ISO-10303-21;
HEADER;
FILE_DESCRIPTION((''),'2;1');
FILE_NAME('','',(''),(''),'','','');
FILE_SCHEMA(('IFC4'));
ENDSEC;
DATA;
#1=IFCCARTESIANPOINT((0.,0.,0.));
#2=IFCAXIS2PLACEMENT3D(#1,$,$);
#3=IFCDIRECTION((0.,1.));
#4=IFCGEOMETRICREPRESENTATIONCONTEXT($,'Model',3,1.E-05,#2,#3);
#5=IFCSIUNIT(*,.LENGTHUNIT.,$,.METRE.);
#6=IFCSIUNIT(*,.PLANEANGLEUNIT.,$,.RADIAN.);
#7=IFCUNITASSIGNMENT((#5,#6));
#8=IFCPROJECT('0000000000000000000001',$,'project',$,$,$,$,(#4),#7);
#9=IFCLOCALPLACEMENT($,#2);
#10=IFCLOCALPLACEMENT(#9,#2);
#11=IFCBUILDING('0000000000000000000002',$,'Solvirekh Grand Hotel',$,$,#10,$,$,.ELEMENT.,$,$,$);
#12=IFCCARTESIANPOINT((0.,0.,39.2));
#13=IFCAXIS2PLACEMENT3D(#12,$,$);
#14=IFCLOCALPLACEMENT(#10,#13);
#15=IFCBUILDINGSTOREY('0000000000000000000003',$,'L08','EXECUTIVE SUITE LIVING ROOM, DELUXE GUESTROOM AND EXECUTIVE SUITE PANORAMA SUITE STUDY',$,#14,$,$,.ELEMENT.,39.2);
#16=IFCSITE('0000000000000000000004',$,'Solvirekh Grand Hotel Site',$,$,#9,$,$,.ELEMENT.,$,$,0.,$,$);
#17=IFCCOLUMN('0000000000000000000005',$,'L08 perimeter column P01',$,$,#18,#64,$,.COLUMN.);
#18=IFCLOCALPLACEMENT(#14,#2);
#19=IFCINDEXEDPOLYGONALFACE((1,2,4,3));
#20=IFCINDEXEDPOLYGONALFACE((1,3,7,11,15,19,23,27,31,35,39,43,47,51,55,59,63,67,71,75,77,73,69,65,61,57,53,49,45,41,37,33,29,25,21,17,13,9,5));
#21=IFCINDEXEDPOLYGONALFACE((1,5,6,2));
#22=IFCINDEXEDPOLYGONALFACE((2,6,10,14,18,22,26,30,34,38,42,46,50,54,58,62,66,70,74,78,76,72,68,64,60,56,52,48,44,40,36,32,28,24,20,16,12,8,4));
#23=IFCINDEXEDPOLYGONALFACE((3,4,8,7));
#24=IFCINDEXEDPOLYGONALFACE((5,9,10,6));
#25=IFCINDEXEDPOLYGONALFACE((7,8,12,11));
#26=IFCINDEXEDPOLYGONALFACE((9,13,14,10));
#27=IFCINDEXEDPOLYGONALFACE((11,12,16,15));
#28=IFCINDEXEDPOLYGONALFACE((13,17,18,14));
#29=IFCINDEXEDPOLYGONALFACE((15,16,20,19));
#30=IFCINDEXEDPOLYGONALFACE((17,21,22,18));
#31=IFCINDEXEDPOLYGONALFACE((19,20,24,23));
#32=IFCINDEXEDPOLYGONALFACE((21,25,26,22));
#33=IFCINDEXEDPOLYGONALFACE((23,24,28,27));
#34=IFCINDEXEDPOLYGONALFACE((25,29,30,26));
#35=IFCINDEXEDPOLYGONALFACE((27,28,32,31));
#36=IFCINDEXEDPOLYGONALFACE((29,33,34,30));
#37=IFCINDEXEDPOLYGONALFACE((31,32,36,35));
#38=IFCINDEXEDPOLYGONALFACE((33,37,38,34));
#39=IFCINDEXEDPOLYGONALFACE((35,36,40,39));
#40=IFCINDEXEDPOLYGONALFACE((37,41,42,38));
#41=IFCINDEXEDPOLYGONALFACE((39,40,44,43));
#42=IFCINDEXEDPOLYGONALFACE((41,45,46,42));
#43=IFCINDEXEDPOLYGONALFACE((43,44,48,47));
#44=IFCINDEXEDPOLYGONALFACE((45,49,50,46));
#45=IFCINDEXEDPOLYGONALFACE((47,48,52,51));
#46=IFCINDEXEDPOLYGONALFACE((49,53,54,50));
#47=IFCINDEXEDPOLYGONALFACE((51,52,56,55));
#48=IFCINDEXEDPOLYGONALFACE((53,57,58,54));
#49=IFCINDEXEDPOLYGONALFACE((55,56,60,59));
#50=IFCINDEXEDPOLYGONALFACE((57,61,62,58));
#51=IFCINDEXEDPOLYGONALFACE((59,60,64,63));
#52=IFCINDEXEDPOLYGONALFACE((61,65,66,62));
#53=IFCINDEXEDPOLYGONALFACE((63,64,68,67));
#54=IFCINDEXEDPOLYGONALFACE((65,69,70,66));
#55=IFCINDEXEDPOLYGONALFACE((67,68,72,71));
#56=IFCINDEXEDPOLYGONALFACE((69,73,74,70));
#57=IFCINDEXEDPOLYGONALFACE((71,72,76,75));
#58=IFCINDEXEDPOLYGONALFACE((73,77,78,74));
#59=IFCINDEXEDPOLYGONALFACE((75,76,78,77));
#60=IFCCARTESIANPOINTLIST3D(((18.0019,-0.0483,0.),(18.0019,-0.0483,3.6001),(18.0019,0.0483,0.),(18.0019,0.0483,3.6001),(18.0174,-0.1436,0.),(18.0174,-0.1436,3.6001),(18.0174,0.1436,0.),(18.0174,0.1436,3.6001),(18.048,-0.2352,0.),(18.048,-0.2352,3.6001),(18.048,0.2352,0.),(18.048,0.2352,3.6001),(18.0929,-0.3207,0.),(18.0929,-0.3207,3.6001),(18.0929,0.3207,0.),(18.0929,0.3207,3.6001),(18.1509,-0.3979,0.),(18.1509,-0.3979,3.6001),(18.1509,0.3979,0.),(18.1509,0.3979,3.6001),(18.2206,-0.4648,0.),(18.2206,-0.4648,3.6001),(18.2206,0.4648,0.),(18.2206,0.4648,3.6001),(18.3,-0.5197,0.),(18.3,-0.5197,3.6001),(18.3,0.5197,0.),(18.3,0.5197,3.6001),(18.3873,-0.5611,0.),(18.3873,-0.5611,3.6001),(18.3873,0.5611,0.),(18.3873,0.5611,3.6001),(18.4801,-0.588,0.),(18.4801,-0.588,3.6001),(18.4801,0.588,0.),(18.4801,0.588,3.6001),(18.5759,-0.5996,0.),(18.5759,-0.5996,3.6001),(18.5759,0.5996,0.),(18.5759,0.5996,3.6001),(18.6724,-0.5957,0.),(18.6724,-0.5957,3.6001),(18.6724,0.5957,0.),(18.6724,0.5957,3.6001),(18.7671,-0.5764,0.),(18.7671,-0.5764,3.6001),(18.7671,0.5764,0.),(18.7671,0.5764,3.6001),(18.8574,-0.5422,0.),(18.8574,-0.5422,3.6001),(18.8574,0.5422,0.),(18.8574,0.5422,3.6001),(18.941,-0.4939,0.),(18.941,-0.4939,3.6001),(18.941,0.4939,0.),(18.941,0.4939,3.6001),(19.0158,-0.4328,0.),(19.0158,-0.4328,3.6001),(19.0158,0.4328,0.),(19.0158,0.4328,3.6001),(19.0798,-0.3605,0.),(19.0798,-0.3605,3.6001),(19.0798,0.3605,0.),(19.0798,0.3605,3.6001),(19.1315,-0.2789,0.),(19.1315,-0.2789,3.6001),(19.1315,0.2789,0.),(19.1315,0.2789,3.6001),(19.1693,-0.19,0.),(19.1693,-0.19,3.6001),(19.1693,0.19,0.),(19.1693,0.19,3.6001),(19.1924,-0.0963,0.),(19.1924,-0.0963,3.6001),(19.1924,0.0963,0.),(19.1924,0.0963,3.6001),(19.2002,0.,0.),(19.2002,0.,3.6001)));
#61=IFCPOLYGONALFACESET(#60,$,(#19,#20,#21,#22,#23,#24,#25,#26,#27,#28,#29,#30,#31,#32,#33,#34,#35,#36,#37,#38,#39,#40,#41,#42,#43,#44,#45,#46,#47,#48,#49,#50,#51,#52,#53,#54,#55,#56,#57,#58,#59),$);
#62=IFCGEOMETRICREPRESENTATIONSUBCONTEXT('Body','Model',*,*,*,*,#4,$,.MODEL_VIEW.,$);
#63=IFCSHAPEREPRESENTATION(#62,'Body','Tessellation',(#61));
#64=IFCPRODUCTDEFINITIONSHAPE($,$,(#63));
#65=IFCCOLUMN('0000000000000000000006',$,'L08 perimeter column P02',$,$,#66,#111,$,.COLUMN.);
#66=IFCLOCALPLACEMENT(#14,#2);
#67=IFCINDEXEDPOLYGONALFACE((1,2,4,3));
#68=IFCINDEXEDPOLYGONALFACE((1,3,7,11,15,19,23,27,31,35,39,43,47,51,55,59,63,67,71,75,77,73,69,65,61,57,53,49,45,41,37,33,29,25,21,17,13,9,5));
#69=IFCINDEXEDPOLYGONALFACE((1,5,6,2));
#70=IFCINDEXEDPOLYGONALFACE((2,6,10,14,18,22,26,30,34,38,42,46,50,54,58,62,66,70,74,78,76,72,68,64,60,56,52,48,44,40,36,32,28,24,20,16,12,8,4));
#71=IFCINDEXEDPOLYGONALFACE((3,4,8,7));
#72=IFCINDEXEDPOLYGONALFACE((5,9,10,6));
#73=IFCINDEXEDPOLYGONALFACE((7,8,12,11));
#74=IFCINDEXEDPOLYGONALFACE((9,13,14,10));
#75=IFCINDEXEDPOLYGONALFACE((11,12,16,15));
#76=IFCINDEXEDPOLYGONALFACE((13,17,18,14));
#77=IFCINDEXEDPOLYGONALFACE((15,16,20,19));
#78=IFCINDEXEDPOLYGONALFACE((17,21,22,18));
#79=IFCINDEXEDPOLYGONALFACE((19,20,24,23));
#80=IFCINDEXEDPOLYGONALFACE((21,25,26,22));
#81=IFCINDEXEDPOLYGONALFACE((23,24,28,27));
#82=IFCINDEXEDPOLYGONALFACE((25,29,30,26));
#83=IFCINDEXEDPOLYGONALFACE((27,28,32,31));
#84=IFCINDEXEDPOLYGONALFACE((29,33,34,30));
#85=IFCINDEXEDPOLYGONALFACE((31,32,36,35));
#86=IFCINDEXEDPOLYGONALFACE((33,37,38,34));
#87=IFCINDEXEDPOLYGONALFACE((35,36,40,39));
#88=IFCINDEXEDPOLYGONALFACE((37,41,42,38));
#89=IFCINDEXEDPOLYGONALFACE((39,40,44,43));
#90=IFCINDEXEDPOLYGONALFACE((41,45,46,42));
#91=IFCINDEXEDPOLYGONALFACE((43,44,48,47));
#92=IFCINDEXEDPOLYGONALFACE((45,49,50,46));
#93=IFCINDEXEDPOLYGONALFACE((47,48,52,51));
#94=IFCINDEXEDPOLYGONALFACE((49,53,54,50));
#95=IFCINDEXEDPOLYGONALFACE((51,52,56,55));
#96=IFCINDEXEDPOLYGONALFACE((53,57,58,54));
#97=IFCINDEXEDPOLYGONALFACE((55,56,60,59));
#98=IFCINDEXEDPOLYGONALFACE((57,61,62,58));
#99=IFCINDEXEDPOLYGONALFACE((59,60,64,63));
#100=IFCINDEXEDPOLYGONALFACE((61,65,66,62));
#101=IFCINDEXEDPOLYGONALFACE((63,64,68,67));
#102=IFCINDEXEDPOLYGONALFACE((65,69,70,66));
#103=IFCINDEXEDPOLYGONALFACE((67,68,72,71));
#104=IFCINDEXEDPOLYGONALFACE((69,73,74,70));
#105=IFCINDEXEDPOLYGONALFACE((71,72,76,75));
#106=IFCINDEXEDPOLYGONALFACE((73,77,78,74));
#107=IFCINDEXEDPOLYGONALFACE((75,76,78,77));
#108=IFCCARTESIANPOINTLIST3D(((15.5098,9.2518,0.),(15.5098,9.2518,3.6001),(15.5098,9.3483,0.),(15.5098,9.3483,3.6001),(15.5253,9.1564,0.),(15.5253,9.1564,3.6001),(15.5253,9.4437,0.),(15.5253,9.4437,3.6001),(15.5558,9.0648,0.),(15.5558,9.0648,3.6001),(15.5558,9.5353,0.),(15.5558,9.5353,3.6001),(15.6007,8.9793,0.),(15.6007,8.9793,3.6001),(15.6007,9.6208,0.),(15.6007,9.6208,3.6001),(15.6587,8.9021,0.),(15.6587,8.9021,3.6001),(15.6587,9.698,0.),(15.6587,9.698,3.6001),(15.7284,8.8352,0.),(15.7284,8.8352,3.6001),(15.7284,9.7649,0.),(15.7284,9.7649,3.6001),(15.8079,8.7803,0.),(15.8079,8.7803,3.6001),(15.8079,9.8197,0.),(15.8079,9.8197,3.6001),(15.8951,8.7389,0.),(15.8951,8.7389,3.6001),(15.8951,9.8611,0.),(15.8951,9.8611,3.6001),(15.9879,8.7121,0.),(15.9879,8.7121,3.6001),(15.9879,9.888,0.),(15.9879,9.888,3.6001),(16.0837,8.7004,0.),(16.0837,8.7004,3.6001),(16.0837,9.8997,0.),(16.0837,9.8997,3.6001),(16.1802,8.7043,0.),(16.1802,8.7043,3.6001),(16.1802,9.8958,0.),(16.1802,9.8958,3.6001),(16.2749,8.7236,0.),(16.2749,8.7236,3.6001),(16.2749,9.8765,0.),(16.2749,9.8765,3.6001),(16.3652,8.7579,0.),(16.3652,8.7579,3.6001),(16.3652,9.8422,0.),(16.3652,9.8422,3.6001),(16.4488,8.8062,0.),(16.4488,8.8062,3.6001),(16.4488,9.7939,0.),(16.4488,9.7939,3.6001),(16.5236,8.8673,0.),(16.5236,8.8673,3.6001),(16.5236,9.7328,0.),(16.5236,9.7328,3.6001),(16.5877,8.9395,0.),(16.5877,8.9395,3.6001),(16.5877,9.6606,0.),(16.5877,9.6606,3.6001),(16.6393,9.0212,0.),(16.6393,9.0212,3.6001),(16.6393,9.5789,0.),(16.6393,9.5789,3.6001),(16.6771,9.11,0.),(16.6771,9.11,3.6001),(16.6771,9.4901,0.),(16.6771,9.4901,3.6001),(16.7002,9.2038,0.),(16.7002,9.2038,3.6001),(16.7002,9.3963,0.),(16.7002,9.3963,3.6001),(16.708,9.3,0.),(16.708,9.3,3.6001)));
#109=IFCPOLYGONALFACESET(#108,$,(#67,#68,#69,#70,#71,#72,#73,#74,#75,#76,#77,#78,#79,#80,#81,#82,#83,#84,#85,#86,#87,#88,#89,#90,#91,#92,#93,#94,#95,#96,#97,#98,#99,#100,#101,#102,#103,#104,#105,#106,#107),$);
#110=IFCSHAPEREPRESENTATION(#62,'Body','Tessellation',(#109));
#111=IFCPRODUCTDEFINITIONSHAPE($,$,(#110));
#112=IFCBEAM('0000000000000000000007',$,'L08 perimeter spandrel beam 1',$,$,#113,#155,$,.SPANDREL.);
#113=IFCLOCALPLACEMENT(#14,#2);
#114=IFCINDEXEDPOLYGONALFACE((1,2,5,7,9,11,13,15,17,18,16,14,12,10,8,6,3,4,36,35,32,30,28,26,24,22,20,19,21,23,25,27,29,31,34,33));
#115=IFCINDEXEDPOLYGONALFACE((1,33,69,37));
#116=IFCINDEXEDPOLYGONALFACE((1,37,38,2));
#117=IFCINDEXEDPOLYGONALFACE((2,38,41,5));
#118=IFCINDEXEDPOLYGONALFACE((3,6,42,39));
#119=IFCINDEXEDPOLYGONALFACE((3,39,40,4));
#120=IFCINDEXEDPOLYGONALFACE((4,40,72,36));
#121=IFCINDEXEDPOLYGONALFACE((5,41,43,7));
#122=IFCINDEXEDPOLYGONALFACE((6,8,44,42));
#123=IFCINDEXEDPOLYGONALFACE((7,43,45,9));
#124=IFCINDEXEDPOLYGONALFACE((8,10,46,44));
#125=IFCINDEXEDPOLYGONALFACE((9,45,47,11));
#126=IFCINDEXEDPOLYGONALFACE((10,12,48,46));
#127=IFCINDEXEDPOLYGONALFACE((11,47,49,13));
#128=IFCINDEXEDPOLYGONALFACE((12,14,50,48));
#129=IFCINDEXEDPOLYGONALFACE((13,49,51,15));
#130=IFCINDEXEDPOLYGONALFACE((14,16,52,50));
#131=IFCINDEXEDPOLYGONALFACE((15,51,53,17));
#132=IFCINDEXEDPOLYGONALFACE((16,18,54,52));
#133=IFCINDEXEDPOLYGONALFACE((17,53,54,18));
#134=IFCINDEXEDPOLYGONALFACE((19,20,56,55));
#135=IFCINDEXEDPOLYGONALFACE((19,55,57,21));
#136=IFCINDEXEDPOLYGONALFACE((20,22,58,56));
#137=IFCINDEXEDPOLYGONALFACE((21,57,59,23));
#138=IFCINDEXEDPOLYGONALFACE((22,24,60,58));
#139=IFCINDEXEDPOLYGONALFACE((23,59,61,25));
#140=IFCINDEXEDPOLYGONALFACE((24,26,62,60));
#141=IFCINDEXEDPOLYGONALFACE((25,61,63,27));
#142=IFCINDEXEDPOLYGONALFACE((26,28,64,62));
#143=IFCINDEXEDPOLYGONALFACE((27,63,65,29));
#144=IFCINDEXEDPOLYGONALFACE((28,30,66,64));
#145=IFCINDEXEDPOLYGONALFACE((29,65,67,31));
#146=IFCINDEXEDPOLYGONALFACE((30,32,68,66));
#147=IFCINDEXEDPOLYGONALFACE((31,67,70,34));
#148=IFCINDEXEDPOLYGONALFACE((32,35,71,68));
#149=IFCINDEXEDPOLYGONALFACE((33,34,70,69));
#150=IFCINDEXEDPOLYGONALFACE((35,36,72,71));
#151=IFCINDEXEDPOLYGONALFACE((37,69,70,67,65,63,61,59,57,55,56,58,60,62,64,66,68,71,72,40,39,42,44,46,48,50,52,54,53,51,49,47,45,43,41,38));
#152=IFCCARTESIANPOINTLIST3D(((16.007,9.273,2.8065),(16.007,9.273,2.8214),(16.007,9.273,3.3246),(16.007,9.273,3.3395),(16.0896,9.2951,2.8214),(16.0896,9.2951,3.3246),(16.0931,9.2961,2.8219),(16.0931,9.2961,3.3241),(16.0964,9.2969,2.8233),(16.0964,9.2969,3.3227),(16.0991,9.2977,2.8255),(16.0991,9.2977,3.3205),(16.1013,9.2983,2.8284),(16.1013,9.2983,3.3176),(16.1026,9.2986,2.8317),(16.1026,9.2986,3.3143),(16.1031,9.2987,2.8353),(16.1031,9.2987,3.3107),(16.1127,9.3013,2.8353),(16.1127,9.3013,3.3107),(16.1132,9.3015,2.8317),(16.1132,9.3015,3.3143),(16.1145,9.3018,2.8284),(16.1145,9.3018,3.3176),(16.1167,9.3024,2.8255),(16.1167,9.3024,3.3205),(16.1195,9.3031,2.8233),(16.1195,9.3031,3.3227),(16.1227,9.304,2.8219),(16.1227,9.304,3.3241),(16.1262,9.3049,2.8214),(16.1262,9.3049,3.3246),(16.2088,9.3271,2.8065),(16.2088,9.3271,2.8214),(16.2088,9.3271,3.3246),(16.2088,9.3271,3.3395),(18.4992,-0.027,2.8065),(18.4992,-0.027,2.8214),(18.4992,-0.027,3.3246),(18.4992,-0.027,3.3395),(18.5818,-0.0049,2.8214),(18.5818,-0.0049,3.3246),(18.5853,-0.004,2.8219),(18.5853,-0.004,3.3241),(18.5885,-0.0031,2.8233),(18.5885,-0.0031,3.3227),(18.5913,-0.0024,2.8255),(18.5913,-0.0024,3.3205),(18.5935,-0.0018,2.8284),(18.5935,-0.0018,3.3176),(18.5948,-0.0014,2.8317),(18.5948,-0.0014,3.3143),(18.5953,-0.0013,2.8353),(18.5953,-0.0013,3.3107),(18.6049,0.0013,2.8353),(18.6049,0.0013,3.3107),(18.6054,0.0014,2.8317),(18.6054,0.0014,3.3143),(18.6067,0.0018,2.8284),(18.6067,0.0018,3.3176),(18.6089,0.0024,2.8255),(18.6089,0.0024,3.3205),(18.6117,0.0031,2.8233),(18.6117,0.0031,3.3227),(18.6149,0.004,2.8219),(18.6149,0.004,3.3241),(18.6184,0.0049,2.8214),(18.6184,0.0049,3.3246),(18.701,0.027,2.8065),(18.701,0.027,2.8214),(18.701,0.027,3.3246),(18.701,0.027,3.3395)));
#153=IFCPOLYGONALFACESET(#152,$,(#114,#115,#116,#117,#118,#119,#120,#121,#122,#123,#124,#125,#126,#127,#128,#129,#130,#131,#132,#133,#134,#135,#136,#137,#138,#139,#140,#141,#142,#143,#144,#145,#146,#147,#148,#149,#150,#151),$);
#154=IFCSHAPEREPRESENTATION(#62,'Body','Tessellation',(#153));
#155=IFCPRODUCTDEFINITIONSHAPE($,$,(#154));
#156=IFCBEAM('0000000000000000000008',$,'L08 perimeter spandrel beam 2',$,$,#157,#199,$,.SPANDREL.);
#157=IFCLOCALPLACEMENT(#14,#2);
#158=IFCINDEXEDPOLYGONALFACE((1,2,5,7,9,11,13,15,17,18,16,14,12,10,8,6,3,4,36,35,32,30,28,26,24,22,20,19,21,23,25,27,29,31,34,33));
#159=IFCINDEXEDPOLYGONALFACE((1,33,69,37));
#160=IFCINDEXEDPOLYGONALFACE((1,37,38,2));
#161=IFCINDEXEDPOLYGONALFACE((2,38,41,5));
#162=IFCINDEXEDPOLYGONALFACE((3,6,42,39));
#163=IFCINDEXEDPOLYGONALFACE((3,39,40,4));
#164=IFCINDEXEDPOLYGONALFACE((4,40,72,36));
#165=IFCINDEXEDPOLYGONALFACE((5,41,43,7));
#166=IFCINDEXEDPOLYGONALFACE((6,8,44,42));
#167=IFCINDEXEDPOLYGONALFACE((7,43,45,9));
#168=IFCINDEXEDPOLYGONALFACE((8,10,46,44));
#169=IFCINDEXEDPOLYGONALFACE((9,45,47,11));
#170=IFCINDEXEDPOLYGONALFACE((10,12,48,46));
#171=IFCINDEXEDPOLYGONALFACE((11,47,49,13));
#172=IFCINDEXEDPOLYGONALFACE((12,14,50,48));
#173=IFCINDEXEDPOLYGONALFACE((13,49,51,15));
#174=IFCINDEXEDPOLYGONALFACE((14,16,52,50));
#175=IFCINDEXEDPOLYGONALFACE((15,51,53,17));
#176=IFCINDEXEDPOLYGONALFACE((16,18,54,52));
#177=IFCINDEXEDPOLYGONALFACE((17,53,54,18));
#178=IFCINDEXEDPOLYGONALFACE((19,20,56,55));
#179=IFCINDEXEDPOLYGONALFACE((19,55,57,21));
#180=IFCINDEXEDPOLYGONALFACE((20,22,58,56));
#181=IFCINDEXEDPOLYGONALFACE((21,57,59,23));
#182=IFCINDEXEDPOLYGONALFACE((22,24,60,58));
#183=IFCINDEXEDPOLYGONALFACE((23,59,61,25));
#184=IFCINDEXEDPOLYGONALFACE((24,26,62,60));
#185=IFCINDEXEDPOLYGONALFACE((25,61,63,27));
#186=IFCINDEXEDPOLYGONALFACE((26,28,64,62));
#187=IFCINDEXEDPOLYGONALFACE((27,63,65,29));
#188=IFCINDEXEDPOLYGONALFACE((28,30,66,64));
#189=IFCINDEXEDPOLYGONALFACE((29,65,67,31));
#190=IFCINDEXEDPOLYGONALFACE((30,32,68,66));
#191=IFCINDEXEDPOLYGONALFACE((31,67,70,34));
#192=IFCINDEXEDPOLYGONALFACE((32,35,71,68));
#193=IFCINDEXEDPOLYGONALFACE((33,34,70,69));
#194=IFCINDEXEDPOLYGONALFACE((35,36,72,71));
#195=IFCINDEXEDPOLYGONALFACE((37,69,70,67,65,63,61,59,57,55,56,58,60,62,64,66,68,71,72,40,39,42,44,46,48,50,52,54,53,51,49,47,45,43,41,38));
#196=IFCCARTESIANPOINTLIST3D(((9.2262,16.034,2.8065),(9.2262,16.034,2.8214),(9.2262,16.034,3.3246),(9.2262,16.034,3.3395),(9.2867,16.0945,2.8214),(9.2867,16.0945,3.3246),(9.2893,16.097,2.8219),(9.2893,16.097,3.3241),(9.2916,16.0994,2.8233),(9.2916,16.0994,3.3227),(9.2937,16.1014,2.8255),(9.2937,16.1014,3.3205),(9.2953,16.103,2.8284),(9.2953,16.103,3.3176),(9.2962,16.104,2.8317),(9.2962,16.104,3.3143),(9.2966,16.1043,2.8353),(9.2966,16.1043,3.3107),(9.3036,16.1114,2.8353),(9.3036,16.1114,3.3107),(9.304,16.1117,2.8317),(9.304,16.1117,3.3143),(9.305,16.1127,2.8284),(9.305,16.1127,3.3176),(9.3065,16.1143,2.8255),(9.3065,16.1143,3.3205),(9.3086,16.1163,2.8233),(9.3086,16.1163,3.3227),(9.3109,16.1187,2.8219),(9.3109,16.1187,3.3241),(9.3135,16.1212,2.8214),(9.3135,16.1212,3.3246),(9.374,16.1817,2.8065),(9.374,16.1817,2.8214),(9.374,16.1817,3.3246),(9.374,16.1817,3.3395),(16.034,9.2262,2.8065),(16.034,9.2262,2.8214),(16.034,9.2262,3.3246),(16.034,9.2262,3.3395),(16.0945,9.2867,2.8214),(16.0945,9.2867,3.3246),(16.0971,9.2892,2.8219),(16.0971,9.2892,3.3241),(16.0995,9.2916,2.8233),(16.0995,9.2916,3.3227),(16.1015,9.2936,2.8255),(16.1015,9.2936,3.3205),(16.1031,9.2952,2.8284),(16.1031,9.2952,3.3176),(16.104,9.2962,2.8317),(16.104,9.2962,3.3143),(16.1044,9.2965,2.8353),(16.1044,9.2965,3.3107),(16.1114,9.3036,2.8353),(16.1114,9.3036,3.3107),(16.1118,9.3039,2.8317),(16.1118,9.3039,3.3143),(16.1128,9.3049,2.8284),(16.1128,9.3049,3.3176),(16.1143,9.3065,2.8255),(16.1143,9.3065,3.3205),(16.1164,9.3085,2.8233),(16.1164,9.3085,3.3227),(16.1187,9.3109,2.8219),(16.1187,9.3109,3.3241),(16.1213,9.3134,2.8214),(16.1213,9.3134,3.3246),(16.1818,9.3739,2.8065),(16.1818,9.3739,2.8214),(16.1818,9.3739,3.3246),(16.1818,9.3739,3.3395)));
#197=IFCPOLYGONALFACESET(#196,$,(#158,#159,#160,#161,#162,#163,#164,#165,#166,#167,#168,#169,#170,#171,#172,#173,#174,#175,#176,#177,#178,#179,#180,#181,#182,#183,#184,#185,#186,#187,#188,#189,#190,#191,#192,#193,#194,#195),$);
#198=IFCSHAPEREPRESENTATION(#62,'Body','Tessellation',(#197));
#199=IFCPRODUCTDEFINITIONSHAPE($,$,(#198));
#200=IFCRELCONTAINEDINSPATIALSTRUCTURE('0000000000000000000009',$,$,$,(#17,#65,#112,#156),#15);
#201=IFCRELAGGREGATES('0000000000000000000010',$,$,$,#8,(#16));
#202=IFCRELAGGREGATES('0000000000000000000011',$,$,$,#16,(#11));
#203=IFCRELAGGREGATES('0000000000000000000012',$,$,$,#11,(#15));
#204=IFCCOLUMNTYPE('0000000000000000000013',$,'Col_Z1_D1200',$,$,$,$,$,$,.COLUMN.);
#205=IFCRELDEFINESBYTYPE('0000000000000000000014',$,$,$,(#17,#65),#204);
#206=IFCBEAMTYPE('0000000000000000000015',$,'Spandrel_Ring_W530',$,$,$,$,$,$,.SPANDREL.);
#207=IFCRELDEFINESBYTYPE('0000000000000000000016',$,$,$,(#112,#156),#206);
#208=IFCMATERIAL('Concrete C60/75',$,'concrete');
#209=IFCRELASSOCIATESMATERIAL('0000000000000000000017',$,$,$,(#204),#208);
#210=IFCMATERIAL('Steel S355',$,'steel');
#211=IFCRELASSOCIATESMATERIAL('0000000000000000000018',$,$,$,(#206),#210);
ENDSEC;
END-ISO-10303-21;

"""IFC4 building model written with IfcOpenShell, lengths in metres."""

from ifc_helpers import new_model, si_unit, direction, frame, origin, origin_2d, place, context, subcontext, project, spatial, circle, i_section, extrude, material, material_profile, profile_set, type_object, element, save


model = new_model("IFC4")

# Units and contexts
model_context = context("Model", 3, precision=1e-05, world=origin(), true_north=direction((0.0, 1.0)))
body_context = subcontext(model_context, "Body", "Model", "MODEL_VIEW")
ifc_project = project(units=[si_unit("LENGTHUNIT", "METRE"), si_unit("PLANEANGLEUNIT", "RADIAN")], contexts=[model_context])

# Site, building, storey
site_placement = place(None, origin())
site = spatial("IfcSite", under=ifc_project, at=site_placement, Name="Solvirekh Grand Hotel Site", CompositionType="ELEMENT", RefElevation=0.0)
building_placement = place(site_placement, origin())
building = spatial("IfcBuilding", under=site, at=building_placement, Name="Solvirekh Grand Hotel", CompositionType="ELEMENT")
storey_placement = place(building_placement, frame((0.0, 0.0, 39.2)))
storey = spatial("IfcBuildingStorey", under=building, at=storey_placement, Name="L08", Description="EXECUTIVE SUITE LIVING ROOM, DELUXE GUESTROOM AND EXECUTIVE SUITE PANORAMA SUITE STUDY", CompositionType="ELEMENT", Elevation=39.2)

# Columns
ifc_material_1 = material(Name="Concrete C60/75", Category="concrete")
ifc_material_profile_1 = material_profile(ifc_material_1, circle(Radius=0.6001, at=origin_2d()), Name="RC CIRC D1200")
ifc_profile_set_1 = profile_set([ifc_material_profile_1], Name="Concrete C60/75")
column_type = type_object("IfcColumnType", Name="Col_Z1_D1200", PredefinedType="COLUMN", material=ifc_profile_set_1)
for number, where, z_axis, x_axis, name in (
    (1, (18.6001, 0.0, 0.0), (0.0, 0.0, 1.0), (1.0, 0.0, 0.0), "L08 perimeter column P01"),
    (2, (16.1079, 9.3, 0.0), (0.0, 0.0, 1.0), (1.0, 0.0, 0.0), "L08 perimeter column P02"),
):
    element("IfcColumn", number, at=place(storey_placement, frame(where, z_axis=z_axis, x_axis=x_axis)), inside=storey, type_object=column_type, Name=name, PredefinedType="COLUMN", context=body_context, shape_type="SweptSolid", body=[
        extrude(circle(Radius=0.6001, at=origin_2d()), origin(), (0.0, 0.0, 1.0), 3.6001),
    ])

# Beams
ifc_material_2 = material(Name="Steel S355", Category="steel")
ifc_material_profile_2 = material_profile(ifc_material_2, i_section(OverallWidth=0.209, OverallDepth=0.533, WebThickness=0.01, FlangeThickness=0.0149, FilletRadius=0.0139, at=origin_2d()), Name="W530X92")
ifc_profile_set_2 = profile_set([ifc_material_profile_2], Name="Steel S355")
beam_type = type_object("IfcBeamType", Name="Spandrel_Ring_W530", PredefinedType="SPANDREL", material=ifc_profile_set_2)
beam_1_placement = place(storey_placement, frame((18.6001, 0.0, 3.073), z_axis=(-0.258843, 0.965919, 0.0), x_axis=(-0.965919, -0.258843, 0.0)))
element("IfcBeam", 3, at=beam_1_placement, inside=storey, type_object=beam_type, Name="L08 perimeter spandrel beam 1", PredefinedType="SPANDREL", context=body_context, shape_type="SweptSolid", body=[
    extrude(i_section(OverallWidth=0.209, OverallDepth=0.533, WebThickness=0.01, FlangeThickness=0.0149, FilletRadius=0.0139, at=origin_2d()), origin(), (0.0, 0.0, 1.0), 9.6282),
])
beam_2_placement = place(storey_placement, frame((16.1079, 9.3, 3.073), z_axis=(-0.707107, 0.707107, 0.0), x_axis=(-0.707107, -0.707107, 0.0)))
element("IfcBeam", 4, at=beam_2_placement, inside=storey, type_object=beam_type, Name="L08 perimeter spandrel beam 2", PredefinedType="SPANDREL", context=body_context, shape_type="SweptSolid", body=[
    extrude(i_section(OverallWidth=0.209, OverallDepth=0.533, WebThickness=0.01, FlangeThickness=0.0149, FilletRadius=0.0139, at=origin_2d()), origin(), (0.0, 0.0, 1.0), 9.6277),
])

save(model, "model.ifc")
